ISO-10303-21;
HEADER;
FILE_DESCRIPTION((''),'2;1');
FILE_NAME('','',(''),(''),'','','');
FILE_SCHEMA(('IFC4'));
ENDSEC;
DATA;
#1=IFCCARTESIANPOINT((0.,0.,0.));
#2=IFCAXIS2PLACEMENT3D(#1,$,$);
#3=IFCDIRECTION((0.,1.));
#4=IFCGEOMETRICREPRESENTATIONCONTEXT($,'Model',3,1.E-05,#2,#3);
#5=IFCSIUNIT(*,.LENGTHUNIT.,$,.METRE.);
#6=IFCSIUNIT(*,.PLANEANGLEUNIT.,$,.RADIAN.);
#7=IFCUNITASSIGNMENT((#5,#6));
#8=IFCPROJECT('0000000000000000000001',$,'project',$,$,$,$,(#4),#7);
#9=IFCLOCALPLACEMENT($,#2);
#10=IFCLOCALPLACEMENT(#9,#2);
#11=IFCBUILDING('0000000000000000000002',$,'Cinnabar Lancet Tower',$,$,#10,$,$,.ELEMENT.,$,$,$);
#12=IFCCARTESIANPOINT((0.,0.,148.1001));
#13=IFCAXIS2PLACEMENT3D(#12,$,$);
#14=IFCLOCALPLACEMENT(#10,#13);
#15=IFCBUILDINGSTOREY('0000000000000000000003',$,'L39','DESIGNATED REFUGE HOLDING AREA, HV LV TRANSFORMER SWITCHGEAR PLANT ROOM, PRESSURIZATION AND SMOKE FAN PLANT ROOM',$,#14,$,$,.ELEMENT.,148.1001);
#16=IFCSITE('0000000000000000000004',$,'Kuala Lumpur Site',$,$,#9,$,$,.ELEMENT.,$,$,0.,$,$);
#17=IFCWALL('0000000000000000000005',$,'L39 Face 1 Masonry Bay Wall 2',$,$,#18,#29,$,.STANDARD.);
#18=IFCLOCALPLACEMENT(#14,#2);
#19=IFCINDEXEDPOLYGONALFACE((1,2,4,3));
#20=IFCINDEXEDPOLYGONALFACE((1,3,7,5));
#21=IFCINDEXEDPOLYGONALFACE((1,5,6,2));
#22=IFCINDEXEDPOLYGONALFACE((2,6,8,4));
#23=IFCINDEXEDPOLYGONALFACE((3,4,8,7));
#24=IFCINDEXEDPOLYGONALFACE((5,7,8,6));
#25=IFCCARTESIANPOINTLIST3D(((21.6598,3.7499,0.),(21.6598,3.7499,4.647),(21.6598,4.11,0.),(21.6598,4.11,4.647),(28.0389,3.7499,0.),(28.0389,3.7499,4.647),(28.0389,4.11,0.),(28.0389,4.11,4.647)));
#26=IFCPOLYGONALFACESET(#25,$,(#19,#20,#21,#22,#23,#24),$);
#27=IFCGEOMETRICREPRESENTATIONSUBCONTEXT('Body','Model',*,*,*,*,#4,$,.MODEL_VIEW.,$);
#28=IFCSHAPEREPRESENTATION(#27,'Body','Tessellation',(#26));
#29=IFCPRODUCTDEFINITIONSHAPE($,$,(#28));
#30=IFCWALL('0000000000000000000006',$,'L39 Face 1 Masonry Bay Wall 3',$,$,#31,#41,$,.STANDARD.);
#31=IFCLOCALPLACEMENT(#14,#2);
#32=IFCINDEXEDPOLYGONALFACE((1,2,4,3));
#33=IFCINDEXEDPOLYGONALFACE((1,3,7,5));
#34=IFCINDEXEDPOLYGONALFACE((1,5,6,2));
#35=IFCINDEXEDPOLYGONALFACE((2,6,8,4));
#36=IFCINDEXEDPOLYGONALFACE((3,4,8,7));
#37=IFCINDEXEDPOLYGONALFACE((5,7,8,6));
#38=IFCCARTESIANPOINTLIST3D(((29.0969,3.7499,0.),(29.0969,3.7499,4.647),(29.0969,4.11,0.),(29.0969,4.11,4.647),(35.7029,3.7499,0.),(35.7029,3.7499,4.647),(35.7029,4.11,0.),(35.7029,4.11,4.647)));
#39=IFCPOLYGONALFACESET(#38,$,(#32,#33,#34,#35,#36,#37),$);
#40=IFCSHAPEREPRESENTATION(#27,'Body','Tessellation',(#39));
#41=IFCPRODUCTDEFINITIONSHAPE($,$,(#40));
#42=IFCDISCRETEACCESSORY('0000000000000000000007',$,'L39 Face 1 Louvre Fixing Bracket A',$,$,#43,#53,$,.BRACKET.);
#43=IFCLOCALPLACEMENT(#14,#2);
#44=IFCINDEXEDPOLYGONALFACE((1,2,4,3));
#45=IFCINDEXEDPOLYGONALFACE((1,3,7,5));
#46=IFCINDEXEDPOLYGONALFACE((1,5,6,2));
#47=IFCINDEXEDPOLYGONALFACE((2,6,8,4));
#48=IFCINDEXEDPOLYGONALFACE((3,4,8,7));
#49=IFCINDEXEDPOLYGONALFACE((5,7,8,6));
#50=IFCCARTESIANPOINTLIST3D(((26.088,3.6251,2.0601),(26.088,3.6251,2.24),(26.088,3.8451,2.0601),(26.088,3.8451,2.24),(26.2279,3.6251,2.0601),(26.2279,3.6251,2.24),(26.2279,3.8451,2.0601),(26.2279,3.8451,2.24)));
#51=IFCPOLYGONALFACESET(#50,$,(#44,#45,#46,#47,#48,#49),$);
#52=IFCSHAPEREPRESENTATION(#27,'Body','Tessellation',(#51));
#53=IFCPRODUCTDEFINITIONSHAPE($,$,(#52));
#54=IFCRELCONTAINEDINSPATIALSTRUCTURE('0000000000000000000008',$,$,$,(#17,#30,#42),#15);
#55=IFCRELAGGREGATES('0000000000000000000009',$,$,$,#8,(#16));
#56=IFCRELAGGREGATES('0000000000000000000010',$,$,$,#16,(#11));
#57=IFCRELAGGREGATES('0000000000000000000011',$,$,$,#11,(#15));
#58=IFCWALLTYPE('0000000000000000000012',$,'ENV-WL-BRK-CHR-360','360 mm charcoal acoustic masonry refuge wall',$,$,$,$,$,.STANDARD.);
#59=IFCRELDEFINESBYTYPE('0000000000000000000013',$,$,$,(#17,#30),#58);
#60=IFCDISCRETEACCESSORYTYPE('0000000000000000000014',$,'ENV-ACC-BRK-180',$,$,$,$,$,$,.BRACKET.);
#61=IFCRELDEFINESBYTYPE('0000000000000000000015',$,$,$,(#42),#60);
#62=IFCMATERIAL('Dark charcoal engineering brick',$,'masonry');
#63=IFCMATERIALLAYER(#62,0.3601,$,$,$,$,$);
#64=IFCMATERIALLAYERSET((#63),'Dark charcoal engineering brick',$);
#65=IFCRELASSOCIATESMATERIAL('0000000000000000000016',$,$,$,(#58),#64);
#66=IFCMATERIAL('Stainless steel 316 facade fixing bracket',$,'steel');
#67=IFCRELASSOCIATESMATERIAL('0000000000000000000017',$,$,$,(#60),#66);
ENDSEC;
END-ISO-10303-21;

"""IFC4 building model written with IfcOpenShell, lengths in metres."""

from ifc_helpers import new_model, si_unit, direction, frame, frame_2d, origin, origin_2d, place, context, subcontext, project, spatial, rectangle, extrude, material, layer, layer_set, type_object, element, save


model = new_model("IFC4")

# Units and contexts
model_context = context("Model", 3, precision=1e-05, world=origin(), true_north=direction((0.0, 1.0)))
body_context = subcontext(model_context, "Body", "Model", "MODEL_VIEW")
ifc_project = project(units=[si_unit("LENGTHUNIT", "METRE"), si_unit("PLANEANGLEUNIT", "RADIAN")], contexts=[model_context])

# Site, building, storey
site_placement = place(None, origin())
site = spatial("IfcSite", under=ifc_project, at=site_placement, Name="Kuala Lumpur Site", CompositionType="ELEMENT", RefElevation=0.0)
building_placement = place(site_placement, origin())
building = spatial("IfcBuilding", under=site, at=building_placement, Name="Cinnabar Lancet Tower", CompositionType="ELEMENT")
storey_placement = place(building_placement, frame((0.0, 0.0, 148.1001)))
storey = spatial("IfcBuildingStorey", under=building, at=storey_placement, Name="L39", Description="DESIGNATED REFUGE HOLDING AREA, HV LV TRANSFORMER SWITCHGEAR PLANT ROOM, PRESSURIZATION AND SMOKE FAN PLANT ROOM", CompositionType="ELEMENT", Elevation=148.1001)

# Walls
ifc_material_1 = material(Name="Dark charcoal engineering brick", Category="masonry")
ifc_layer_1 = layer(ifc_material_1, 0.3601)
ifc_layer_set_1 = layer_set([ifc_layer_1], Name="Dark charcoal engineering brick")
wall_type_1 = type_object("IfcWallType", Name="ENV-WL-BRK-CHR-360", Description="360 mm charcoal acoustic masonry refuge wall", PredefinedType="STANDARD", material=ifc_layer_set_1)
wall_1_placement = place(storey_placement, frame((21.6599, 3.9299, 0.0), z_axis=(0.0, 0.0, 1.0), x_axis=(1.0, 0.0, 0.0)))
element("IfcWall", 1, at=wall_1_placement, inside=storey, type_object=wall_type_1, Name="L39 Face 1 Masonry Bay Wall 2", PredefinedType="STANDARD", context=body_context, shape_type="SweptSolid", body=[
    extrude(rectangle(XDim=6.3792, YDim=0.3601, at=frame_2d((3.1895, 0.0))), origin(), (0.0, 0.0, 1.0), 4.647),
])
wall_2_placement = place(storey_placement, frame((29.0969, 3.9299, 0.0), z_axis=(0.0, 0.0, 1.0), x_axis=(1.0, 0.0, 0.0)))
element("IfcWall", 2, at=wall_2_placement, inside=storey, type_object=wall_type_1, Name="L39 Face 1 Masonry Bay Wall 3", PredefinedType="STANDARD", context=body_context, shape_type="SweptSolid", body=[
    extrude(rectangle(XDim=6.606, YDim=0.3601, at=frame_2d((3.303, 0.0))), origin(), (0.0, 0.0, 1.0), 4.647),
])

# Discrete accessory
ifc_material_2 = material(Name="Stainless steel 316 facade fixing bracket", Category="steel")
discrete_accessory_type = type_object("IfcDiscreteAccessoryType", Name="ENV-ACC-BRK-180", PredefinedType="BRACKET", material=ifc_material_2)
discrete_accessory_placement = place(storey_placement, frame((26.158, 3.7351, 2.0601), z_axis=(0.0, 0.0, 1.0), x_axis=(1.0, 0.0, 0.0)))
element("IfcDiscreteAccessory", 3, at=discrete_accessory_placement, inside=storey, type_object=discrete_accessory_type, Name="L39 Face 1 Louvre Fixing Bracket A", PredefinedType="BRACKET", context=body_context, shape_type="SweptSolid", body=[
    extrude(rectangle(XDim=0.1399, YDim=0.22, at=origin_2d()), origin(), (0.0, 0.0, 1.0), 0.1799),
])

save(model, "model.ifc")
